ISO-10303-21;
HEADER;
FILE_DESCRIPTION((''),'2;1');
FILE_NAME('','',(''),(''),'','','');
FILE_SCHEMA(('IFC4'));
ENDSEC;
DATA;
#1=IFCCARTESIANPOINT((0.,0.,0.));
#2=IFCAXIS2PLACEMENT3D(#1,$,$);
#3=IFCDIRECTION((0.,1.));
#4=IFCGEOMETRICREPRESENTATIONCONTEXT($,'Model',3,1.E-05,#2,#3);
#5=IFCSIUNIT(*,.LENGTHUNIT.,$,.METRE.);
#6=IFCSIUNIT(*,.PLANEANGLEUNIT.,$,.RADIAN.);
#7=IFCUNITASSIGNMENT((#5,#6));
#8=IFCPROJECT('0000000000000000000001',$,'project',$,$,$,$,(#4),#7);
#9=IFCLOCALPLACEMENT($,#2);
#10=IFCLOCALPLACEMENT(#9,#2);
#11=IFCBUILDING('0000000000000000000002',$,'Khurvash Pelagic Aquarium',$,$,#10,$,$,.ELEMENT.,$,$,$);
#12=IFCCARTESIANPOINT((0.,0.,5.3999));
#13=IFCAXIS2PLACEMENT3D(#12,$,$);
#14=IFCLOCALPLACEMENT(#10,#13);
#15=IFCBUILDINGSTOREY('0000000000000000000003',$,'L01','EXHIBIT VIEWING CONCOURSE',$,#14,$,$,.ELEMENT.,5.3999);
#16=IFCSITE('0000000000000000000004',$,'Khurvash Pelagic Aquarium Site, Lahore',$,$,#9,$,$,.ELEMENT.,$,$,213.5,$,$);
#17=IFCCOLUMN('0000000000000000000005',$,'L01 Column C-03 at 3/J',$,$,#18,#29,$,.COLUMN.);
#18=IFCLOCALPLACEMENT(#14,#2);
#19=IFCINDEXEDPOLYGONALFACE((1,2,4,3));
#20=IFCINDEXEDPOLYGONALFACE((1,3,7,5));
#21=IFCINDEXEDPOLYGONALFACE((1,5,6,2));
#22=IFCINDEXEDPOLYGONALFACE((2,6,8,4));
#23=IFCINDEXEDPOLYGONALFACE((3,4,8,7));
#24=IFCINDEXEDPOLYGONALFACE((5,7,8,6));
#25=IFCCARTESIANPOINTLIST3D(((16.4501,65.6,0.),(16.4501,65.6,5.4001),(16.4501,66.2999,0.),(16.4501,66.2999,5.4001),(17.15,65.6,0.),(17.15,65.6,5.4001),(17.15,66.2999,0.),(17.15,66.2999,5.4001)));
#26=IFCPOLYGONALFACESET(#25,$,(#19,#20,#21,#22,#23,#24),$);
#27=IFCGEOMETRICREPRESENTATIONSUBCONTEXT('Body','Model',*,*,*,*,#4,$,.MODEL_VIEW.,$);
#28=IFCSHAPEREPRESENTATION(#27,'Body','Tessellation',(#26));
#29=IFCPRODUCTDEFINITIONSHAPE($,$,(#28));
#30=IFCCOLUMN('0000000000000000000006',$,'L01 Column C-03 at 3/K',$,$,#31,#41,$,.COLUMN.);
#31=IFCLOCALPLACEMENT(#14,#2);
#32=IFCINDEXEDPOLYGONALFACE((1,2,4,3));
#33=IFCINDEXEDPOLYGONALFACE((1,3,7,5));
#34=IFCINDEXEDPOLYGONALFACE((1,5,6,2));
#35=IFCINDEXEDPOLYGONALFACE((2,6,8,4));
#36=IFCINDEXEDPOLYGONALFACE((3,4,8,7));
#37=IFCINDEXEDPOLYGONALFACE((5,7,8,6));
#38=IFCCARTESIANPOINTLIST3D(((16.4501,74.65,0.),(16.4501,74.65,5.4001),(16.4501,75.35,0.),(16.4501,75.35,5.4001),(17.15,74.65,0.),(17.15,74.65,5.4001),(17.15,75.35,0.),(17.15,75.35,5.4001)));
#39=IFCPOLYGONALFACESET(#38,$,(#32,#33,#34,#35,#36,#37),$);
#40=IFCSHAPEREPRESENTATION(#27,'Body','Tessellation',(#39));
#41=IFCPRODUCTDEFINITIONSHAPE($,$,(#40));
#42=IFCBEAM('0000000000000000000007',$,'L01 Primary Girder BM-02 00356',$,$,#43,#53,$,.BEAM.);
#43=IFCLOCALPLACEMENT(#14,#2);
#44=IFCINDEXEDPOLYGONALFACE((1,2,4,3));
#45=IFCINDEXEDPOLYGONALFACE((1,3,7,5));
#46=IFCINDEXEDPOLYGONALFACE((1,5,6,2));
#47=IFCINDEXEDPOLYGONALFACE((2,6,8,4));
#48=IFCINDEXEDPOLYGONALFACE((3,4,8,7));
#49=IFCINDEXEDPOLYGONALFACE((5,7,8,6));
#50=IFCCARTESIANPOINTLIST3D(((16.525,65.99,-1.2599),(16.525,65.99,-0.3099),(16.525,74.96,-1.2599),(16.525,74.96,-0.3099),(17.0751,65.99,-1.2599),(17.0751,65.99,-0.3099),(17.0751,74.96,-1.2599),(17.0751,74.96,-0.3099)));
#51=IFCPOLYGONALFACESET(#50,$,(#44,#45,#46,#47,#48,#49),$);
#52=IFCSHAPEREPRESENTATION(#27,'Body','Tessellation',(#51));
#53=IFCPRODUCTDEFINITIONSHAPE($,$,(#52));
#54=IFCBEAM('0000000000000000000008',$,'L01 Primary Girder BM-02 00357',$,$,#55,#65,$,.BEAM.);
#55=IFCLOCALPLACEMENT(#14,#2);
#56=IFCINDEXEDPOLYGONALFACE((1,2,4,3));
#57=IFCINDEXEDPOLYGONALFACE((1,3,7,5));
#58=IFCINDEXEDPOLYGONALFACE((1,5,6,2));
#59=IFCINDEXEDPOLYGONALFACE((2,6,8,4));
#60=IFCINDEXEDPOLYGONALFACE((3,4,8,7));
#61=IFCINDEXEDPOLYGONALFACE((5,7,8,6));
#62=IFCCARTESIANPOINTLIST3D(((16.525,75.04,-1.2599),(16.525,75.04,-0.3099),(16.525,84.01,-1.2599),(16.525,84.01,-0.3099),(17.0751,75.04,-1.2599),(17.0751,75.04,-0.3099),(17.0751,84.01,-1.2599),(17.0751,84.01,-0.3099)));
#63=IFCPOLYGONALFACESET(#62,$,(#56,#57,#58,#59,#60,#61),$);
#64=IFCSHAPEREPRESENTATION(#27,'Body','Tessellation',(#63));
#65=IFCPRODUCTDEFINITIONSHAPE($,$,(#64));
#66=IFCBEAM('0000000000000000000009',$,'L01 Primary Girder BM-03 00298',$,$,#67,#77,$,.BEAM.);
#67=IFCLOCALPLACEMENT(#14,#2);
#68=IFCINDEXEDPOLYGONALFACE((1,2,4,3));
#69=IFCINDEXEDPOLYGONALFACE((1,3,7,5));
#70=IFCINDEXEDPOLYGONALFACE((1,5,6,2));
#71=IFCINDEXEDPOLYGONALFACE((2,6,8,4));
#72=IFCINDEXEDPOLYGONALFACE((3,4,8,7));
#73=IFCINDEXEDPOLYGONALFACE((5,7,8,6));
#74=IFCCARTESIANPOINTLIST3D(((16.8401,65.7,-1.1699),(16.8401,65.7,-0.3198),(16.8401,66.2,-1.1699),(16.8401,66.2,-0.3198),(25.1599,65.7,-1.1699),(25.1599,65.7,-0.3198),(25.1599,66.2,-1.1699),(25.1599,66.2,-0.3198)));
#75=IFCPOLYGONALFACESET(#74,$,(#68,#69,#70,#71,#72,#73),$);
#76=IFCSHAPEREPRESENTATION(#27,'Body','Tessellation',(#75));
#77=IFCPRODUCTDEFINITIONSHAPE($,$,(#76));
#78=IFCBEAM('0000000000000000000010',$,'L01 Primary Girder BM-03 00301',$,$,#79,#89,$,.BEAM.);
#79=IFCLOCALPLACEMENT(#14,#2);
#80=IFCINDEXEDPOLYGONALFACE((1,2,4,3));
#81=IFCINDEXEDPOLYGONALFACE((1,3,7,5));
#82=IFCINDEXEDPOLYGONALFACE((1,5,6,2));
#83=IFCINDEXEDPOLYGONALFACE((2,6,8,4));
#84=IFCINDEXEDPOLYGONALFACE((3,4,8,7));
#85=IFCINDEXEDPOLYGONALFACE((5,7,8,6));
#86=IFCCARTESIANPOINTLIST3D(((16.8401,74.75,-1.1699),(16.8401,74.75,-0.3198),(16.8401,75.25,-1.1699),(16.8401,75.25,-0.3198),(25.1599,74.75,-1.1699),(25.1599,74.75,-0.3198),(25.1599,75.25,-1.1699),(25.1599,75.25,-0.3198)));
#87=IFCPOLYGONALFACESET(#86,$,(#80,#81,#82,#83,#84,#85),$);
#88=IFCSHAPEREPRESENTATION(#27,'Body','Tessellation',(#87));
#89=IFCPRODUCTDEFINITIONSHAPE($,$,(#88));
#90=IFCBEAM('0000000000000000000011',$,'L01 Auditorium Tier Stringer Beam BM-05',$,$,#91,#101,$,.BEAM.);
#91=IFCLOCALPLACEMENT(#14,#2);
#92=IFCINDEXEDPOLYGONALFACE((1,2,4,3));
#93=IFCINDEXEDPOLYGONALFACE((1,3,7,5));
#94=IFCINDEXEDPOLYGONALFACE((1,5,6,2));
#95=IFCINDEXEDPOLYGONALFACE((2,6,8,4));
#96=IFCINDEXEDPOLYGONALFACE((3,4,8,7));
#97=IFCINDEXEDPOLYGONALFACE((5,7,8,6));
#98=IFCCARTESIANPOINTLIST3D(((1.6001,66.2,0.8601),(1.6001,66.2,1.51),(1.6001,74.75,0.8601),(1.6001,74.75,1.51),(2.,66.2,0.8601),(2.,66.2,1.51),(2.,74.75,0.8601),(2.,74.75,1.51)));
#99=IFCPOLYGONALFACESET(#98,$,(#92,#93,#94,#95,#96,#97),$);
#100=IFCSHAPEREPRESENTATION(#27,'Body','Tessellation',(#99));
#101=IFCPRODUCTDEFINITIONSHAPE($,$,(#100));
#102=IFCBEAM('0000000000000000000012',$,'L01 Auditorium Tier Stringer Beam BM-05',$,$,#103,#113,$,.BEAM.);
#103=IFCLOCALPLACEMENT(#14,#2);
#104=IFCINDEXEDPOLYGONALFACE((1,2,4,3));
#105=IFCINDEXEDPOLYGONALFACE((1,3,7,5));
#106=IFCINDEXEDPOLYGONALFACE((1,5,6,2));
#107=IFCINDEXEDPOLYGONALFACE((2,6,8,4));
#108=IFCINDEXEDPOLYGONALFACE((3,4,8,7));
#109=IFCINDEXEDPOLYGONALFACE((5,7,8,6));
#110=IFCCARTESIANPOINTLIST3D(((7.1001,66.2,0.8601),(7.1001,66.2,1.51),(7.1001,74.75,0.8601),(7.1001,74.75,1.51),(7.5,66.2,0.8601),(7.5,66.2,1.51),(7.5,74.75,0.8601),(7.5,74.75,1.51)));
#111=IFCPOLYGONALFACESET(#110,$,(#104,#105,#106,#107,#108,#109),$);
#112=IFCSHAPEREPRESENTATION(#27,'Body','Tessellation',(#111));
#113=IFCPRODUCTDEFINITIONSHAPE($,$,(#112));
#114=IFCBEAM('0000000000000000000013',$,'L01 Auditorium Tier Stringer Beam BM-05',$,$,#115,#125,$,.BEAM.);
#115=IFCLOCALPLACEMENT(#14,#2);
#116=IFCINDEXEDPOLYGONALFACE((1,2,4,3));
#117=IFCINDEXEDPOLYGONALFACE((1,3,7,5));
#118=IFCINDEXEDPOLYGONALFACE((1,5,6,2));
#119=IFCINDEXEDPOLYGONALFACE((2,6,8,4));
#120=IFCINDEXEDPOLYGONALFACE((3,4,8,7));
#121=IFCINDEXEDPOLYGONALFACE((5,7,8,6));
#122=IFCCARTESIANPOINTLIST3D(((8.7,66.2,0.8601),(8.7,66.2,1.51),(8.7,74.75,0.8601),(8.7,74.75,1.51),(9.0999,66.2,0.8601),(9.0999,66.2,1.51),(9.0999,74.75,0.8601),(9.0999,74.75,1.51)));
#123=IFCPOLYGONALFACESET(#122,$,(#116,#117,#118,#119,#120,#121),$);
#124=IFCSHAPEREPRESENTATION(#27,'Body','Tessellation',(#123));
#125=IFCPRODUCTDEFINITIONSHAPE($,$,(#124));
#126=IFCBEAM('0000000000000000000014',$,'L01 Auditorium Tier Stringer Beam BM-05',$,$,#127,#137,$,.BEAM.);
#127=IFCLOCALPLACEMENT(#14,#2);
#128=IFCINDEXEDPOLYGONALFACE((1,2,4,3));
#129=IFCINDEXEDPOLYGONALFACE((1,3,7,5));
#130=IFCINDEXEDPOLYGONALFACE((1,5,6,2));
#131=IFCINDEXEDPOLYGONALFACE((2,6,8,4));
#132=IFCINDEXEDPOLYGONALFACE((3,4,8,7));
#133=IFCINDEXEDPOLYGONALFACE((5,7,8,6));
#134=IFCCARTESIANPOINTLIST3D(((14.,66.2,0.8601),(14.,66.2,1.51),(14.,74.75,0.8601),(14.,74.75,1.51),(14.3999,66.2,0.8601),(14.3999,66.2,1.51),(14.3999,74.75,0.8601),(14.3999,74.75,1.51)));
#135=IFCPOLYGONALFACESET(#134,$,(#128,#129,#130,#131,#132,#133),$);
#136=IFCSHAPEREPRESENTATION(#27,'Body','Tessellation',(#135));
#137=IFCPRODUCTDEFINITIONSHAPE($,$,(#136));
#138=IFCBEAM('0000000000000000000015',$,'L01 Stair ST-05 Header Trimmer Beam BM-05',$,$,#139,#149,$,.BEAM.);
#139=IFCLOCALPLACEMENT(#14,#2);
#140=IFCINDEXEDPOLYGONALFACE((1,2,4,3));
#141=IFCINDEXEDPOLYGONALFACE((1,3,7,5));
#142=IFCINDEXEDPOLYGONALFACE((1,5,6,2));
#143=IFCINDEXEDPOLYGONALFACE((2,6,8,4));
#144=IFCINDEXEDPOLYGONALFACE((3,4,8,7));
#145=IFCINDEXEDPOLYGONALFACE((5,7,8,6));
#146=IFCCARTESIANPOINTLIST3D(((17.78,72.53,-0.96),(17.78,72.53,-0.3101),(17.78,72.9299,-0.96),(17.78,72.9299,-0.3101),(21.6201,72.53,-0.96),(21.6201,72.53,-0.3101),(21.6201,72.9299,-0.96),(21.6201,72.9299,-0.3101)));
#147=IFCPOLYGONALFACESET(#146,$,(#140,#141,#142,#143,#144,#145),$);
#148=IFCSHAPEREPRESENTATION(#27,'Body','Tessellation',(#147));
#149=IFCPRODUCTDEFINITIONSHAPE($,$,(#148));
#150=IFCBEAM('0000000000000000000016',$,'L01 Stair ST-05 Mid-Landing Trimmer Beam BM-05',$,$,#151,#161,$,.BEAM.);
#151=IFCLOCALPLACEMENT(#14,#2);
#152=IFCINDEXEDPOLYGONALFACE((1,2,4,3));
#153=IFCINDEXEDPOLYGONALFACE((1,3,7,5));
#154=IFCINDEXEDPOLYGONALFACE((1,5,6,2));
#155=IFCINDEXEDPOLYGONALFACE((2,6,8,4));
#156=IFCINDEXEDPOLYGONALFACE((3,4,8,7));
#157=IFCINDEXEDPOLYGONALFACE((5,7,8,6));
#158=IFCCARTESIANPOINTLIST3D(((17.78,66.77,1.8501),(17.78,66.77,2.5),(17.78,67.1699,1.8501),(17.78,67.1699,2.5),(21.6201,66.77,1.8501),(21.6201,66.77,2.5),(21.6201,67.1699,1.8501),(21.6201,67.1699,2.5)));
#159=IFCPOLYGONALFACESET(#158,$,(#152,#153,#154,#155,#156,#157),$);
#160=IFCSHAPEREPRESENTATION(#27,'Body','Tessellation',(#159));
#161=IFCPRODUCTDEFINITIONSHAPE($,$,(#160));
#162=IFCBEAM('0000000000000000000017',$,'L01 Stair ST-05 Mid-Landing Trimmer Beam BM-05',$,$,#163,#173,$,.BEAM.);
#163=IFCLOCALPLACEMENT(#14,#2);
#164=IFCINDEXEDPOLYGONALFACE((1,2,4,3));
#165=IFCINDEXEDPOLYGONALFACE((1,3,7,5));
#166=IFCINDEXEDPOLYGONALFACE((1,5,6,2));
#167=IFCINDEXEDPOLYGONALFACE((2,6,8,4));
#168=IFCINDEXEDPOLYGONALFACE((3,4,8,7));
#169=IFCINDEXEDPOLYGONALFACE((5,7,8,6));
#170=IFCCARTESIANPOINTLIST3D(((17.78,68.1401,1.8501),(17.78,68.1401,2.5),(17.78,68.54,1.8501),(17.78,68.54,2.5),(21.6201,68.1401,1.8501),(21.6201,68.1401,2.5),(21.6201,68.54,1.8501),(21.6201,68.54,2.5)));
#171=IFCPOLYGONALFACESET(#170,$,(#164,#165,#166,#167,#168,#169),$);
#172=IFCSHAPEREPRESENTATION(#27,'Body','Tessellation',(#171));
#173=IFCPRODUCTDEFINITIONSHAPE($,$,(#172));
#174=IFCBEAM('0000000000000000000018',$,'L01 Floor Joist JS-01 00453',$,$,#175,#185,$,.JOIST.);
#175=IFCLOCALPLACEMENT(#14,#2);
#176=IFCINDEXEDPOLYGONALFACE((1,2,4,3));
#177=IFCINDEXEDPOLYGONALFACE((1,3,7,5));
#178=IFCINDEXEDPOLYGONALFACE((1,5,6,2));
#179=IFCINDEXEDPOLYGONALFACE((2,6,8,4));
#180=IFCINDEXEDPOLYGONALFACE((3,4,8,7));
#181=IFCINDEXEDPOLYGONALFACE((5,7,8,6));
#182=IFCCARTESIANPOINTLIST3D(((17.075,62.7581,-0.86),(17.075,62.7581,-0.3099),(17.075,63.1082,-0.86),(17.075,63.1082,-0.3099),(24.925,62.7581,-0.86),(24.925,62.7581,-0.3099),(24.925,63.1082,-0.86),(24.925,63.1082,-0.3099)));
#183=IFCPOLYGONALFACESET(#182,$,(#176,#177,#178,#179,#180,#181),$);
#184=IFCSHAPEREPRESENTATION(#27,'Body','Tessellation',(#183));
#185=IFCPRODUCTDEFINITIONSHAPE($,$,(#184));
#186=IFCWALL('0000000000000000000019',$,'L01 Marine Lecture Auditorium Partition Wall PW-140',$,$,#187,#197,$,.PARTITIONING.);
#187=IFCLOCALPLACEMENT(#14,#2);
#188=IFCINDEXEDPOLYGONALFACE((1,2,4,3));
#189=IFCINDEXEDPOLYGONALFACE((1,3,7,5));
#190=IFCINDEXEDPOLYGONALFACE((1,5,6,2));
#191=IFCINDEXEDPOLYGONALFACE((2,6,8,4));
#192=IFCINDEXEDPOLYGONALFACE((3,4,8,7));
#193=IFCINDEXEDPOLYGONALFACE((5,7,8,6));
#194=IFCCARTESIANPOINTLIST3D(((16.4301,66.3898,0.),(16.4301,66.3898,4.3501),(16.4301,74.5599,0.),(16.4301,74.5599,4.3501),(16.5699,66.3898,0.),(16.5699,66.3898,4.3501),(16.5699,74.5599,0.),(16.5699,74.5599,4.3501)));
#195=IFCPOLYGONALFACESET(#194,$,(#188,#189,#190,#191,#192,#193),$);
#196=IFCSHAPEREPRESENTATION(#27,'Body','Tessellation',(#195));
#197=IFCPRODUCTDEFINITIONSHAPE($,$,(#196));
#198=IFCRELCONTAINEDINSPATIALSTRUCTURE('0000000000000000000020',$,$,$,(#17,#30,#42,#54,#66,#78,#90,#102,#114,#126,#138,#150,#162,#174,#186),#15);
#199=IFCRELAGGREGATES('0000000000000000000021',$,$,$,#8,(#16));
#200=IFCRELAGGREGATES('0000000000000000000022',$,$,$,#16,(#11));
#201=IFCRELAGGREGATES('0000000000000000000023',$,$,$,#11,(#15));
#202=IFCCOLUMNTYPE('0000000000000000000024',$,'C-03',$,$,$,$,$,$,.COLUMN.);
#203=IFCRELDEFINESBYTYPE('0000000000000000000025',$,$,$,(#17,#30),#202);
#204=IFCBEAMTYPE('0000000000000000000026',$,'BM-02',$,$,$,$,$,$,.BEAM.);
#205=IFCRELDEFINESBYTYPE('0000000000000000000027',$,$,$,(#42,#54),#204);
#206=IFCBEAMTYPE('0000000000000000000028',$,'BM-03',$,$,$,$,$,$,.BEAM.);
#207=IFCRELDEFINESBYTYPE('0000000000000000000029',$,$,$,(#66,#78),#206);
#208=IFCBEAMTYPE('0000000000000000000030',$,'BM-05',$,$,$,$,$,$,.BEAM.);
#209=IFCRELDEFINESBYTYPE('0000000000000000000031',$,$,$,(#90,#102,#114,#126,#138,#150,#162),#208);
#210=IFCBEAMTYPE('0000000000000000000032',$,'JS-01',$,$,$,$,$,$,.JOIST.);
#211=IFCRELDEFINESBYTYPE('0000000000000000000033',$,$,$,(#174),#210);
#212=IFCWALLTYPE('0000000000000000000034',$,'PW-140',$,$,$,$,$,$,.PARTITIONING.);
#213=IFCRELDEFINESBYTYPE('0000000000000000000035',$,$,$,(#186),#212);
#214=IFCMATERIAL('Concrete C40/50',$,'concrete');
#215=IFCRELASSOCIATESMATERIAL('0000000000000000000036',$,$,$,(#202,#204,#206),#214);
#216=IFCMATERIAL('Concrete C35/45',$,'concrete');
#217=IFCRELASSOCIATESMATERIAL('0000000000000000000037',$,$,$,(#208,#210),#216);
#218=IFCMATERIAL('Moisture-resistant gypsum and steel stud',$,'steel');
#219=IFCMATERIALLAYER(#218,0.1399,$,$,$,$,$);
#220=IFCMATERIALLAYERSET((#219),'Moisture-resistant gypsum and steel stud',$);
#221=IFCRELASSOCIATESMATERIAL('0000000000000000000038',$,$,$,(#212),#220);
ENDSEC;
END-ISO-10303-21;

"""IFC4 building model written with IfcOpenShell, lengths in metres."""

from ifc_helpers import new_model, si_unit, direction, frame, frame_2d, origin, origin_2d, place, context, subcontext, project, spatial, rectangle, extrude, material, layer, layer_set, material_profile, profile_set, type_object, element, save


model = new_model("IFC4")

# Units and contexts
model_context = context("Model", 3, precision=1e-05, world=origin(), true_north=direction((0.0, 1.0)))
body_context = subcontext(model_context, "Body", "Model", "MODEL_VIEW")
ifc_project = project(units=[si_unit("LENGTHUNIT", "METRE"), si_unit("PLANEANGLEUNIT", "RADIAN")], contexts=[model_context])

# Site, building, storey
site_placement = place(None, origin())
site = spatial("IfcSite", under=ifc_project, at=site_placement, Name="Khurvash Pelagic Aquarium Site, Lahore", CompositionType="ELEMENT", RefElevation=213.5)
building_placement = place(site_placement, origin())
building = spatial("IfcBuilding", under=site, at=building_placement, Name="Khurvash Pelagic Aquarium", CompositionType="ELEMENT")
storey_placement = place(building_placement, frame((0.0, 0.0, 5.3999)))
storey = spatial("IfcBuildingStorey", under=building, at=storey_placement, Name="L01", Description="EXHIBIT VIEWING CONCOURSE", CompositionType="ELEMENT", Elevation=5.3999)

# Columns
ifc_material_1 = material(Name="Concrete C40/50", Category="concrete")
ifc_material_profile_1 = material_profile(ifc_material_1, rectangle(XDim=0.7, YDim=0.7, at=origin_2d()), Name="RC700X700")
ifc_profile_set_1 = profile_set([ifc_material_profile_1], Name="Concrete C40/50")
column_type = type_object("IfcColumnType", Name="C-03", PredefinedType="COLUMN", material=ifc_profile_set_1)
for number, where, z_axis, x_axis, name in (
    (1, (16.8, 65.95, 0.0), (0.0, 0.0, 1.0), (1.0, 0.0, 0.0), "L01 Column C-03 at 3/J"),
    (2, (16.8, 75.0, 0.0), (0.0, 0.0, 1.0), (1.0, 0.0, 0.0), "L01 Column C-03 at 3/K"),
):
    element("IfcColumn", number, at=place(storey_placement, frame(where, z_axis=z_axis, x_axis=x_axis)), inside=storey, type_object=column_type, Name=name, PredefinedType="COLUMN", context=body_context, shape_type="SweptSolid", body=[
        extrude(rectangle(XDim=0.7, YDim=0.7, at=origin_2d()), origin(), (0.0, 0.0, 1.0), 5.4001),
    ])

# Beams
ifc_material_profile_2 = material_profile(ifc_material_1, rectangle(XDim=0.55, YDim=0.95, at=origin_2d()), Name="RC550X950")
ifc_profile_set_2 = profile_set([ifc_material_profile_2], Name="Concrete C40/50")
beam_type_1 = type_object("IfcBeamType", Name="BM-02", PredefinedType="BEAM", material=ifc_profile_set_2)
for number, where, z_axis, x_axis, name in (
    (3, (16.8, 65.99, -0.7849), (0.0, 1.0, 0.0), (-1.0, 0.0, 0.0), "L01 Primary Girder BM-02 00356"),
    (4, (16.8, 75.04, -0.7849), (0.0, 1.0, 0.0), (-1.0, 0.0, 0.0), "L01 Primary Girder BM-02 00357"),
):
    element("IfcBeam", number, at=place(storey_placement, frame(where, z_axis=z_axis, x_axis=x_axis)), inside=storey, type_object=beam_type_1, Name=name, PredefinedType="BEAM", context=body_context, shape_type="SweptSolid", body=[
        extrude(rectangle(XDim=0.55, YDim=0.95, at=origin_2d()), origin(), (0.0, 0.0, 1.0), 8.97),
    ])
ifc_material_profile_3 = material_profile(ifc_material_1, rectangle(XDim=0.5, YDim=0.8501, at=origin_2d()), Name="RC500X850")
ifc_profile_set_3 = profile_set([ifc_material_profile_3], Name="Concrete C40/50")
beam_type_2 = type_object("IfcBeamType", Name="BM-03", PredefinedType="BEAM", material=ifc_profile_set_3)
for number, where, z_axis, x_axis, name in (
    (5, (16.8401, 65.95, -0.7449), (1.0, 0.0, 0.0), (0.0, 1.0, 0.0), "L01 Primary Girder BM-03 00298"),
    (6, (16.8401, 75.0, -0.7449), (1.0, 0.0, 0.0), (0.0, 1.0, 0.0), "L01 Primary Girder BM-03 00301"),
):
    element("IfcBeam", number, at=place(storey_placement, frame(where, z_axis=z_axis, x_axis=x_axis)), inside=storey, type_object=beam_type_2, Name=name, PredefinedType="BEAM", context=body_context, shape_type="SweptSolid", body=[
        extrude(rectangle(XDim=0.5, YDim=0.8501, at=origin_2d()), origin(), (0.0, 0.0, 1.0), 8.3198),
    ])
ifc_material_2 = material(Name="Concrete C35/45", Category="concrete")
ifc_material_profile_4 = material_profile(ifc_material_2, rectangle(XDim=0.3999, YDim=0.6499, at=origin_2d()), Name="RC400X650")
ifc_profile_set_4 = profile_set([ifc_material_profile_4], Name="Concrete C35/45")
beam_type_3 = type_object("IfcBeamType", Name="BM-05", PredefinedType="BEAM", material=ifc_profile_set_4)
for number, where, z_axis, x_axis, name in (
    (7, (1.8, 66.2, 1.1851), (0.0, 1.0, 0.0), (-1.0, 0.0, 0.0), "L01 Auditorium Tier Stringer Beam BM-05"),
    (8, (7.3, 66.2, 1.1851), (0.0, 1.0, 0.0), (-1.0, 0.0, 0.0), "L01 Auditorium Tier Stringer Beam BM-05"),
    (9, (8.8999, 66.2, 1.1851), (0.0, 1.0, 0.0), (-1.0, 0.0, 0.0), "L01 Auditorium Tier Stringer Beam BM-05"),
    (10, (14.2, 66.2, 1.1851), (0.0, 1.0, 0.0), (-1.0, 0.0, 0.0), "L01 Auditorium Tier Stringer Beam BM-05"),
):
    element("IfcBeam", number, at=place(storey_placement, frame(where, z_axis=z_axis, x_axis=x_axis)), inside=storey, type_object=beam_type_3, Name=name, PredefinedType="BEAM", context=body_context, shape_type="SweptSolid", body=[
        extrude(rectangle(XDim=0.3999, YDim=0.6499, at=origin_2d()), origin(), (0.0, 0.0, 1.0), 8.55),
    ])
for number, where, z_axis, x_axis, name in (
    (11, (17.78, 72.73, -0.635), (1.0, 0.0, 0.0), (0.0, 1.0, 0.0), "L01 Stair ST-05 Header Trimmer Beam BM-05"),
    (12, (17.78, 66.97, 2.175), (1.0, 0.0, 0.0), (0.0, 1.0, 0.0), "L01 Stair ST-05 Mid-Landing Trimmer Beam BM-05"),
    (13, (17.78, 68.3401, 2.175), (1.0, 0.0, 0.0), (0.0, 1.0, 0.0), "L01 Stair ST-05 Mid-Landing Trimmer Beam BM-05"),
):
    element("IfcBeam", number, at=place(storey_placement, frame(where, z_axis=z_axis, x_axis=x_axis)), inside=storey, type_object=beam_type_3, Name=name, PredefinedType="BEAM", context=body_context, shape_type="SweptSolid", body=[
        extrude(rectangle(XDim=0.3999, YDim=0.6499, at=origin_2d()), origin(), (0.0, 0.0, 1.0), 3.8401),
    ])
ifc_material_profile_5 = material_profile(ifc_material_2, rectangle(XDim=0.3501, YDim=0.55, at=origin_2d()), Name="RC350X550")
ifc_profile_set_5 = profile_set([ifc_material_profile_5], Name="Concrete C35/45")
beam_type_4 = type_object("IfcBeamType", Name="JS-01", PredefinedType="JOIST", material=ifc_profile_set_5)
beam_placement = place(storey_placement, frame((17.075, 62.9331, -0.585), z_axis=(1.0, 0.0, 0.0), x_axis=(0.0, 1.0, 0.0)))
element("IfcBeam", 14, at=beam_placement, inside=storey, type_object=beam_type_4, Name="L01 Floor Joist JS-01 00453", PredefinedType="JOIST", context=body_context, shape_type="SweptSolid", body=[
    extrude(rectangle(XDim=0.3501, YDim=0.55, at=origin_2d()), origin(), (0.0, 0.0, 1.0), 7.8501),
])

# Wall
ifc_material_3 = material(Name="Moisture-resistant gypsum and steel stud", Category="steel")
ifc_layer_1 = layer(ifc_material_3, 0.1399)
ifc_layer_set_1 = layer_set([ifc_layer_1], Name="Moisture-resistant gypsum and steel stud")
wall_type_1 = type_object("IfcWallType", Name="PW-140", PredefinedType="PARTITIONING", material=ifc_layer_set_1)
wall_1_placement = place(storey_placement, frame((16.5, 66.3899, 0.0), z_axis=(0.0, 0.0, 1.0), x_axis=(0.0, 1.0, 0.0)))
element("IfcWall", 15, at=wall_1_placement, inside=storey, type_object=wall_type_1, Name="L01 Marine Lecture Auditorium Partition Wall PW-140", PredefinedType="PARTITIONING", context=body_context, shape_type="SweptSolid", body=[
    extrude(rectangle(XDim=8.1702, YDim=0.1399, at=frame_2d((4.085, 0.0))), origin(), (0.0, 0.0, 1.0), 4.3501),
])

save(model, "model.ifc")
